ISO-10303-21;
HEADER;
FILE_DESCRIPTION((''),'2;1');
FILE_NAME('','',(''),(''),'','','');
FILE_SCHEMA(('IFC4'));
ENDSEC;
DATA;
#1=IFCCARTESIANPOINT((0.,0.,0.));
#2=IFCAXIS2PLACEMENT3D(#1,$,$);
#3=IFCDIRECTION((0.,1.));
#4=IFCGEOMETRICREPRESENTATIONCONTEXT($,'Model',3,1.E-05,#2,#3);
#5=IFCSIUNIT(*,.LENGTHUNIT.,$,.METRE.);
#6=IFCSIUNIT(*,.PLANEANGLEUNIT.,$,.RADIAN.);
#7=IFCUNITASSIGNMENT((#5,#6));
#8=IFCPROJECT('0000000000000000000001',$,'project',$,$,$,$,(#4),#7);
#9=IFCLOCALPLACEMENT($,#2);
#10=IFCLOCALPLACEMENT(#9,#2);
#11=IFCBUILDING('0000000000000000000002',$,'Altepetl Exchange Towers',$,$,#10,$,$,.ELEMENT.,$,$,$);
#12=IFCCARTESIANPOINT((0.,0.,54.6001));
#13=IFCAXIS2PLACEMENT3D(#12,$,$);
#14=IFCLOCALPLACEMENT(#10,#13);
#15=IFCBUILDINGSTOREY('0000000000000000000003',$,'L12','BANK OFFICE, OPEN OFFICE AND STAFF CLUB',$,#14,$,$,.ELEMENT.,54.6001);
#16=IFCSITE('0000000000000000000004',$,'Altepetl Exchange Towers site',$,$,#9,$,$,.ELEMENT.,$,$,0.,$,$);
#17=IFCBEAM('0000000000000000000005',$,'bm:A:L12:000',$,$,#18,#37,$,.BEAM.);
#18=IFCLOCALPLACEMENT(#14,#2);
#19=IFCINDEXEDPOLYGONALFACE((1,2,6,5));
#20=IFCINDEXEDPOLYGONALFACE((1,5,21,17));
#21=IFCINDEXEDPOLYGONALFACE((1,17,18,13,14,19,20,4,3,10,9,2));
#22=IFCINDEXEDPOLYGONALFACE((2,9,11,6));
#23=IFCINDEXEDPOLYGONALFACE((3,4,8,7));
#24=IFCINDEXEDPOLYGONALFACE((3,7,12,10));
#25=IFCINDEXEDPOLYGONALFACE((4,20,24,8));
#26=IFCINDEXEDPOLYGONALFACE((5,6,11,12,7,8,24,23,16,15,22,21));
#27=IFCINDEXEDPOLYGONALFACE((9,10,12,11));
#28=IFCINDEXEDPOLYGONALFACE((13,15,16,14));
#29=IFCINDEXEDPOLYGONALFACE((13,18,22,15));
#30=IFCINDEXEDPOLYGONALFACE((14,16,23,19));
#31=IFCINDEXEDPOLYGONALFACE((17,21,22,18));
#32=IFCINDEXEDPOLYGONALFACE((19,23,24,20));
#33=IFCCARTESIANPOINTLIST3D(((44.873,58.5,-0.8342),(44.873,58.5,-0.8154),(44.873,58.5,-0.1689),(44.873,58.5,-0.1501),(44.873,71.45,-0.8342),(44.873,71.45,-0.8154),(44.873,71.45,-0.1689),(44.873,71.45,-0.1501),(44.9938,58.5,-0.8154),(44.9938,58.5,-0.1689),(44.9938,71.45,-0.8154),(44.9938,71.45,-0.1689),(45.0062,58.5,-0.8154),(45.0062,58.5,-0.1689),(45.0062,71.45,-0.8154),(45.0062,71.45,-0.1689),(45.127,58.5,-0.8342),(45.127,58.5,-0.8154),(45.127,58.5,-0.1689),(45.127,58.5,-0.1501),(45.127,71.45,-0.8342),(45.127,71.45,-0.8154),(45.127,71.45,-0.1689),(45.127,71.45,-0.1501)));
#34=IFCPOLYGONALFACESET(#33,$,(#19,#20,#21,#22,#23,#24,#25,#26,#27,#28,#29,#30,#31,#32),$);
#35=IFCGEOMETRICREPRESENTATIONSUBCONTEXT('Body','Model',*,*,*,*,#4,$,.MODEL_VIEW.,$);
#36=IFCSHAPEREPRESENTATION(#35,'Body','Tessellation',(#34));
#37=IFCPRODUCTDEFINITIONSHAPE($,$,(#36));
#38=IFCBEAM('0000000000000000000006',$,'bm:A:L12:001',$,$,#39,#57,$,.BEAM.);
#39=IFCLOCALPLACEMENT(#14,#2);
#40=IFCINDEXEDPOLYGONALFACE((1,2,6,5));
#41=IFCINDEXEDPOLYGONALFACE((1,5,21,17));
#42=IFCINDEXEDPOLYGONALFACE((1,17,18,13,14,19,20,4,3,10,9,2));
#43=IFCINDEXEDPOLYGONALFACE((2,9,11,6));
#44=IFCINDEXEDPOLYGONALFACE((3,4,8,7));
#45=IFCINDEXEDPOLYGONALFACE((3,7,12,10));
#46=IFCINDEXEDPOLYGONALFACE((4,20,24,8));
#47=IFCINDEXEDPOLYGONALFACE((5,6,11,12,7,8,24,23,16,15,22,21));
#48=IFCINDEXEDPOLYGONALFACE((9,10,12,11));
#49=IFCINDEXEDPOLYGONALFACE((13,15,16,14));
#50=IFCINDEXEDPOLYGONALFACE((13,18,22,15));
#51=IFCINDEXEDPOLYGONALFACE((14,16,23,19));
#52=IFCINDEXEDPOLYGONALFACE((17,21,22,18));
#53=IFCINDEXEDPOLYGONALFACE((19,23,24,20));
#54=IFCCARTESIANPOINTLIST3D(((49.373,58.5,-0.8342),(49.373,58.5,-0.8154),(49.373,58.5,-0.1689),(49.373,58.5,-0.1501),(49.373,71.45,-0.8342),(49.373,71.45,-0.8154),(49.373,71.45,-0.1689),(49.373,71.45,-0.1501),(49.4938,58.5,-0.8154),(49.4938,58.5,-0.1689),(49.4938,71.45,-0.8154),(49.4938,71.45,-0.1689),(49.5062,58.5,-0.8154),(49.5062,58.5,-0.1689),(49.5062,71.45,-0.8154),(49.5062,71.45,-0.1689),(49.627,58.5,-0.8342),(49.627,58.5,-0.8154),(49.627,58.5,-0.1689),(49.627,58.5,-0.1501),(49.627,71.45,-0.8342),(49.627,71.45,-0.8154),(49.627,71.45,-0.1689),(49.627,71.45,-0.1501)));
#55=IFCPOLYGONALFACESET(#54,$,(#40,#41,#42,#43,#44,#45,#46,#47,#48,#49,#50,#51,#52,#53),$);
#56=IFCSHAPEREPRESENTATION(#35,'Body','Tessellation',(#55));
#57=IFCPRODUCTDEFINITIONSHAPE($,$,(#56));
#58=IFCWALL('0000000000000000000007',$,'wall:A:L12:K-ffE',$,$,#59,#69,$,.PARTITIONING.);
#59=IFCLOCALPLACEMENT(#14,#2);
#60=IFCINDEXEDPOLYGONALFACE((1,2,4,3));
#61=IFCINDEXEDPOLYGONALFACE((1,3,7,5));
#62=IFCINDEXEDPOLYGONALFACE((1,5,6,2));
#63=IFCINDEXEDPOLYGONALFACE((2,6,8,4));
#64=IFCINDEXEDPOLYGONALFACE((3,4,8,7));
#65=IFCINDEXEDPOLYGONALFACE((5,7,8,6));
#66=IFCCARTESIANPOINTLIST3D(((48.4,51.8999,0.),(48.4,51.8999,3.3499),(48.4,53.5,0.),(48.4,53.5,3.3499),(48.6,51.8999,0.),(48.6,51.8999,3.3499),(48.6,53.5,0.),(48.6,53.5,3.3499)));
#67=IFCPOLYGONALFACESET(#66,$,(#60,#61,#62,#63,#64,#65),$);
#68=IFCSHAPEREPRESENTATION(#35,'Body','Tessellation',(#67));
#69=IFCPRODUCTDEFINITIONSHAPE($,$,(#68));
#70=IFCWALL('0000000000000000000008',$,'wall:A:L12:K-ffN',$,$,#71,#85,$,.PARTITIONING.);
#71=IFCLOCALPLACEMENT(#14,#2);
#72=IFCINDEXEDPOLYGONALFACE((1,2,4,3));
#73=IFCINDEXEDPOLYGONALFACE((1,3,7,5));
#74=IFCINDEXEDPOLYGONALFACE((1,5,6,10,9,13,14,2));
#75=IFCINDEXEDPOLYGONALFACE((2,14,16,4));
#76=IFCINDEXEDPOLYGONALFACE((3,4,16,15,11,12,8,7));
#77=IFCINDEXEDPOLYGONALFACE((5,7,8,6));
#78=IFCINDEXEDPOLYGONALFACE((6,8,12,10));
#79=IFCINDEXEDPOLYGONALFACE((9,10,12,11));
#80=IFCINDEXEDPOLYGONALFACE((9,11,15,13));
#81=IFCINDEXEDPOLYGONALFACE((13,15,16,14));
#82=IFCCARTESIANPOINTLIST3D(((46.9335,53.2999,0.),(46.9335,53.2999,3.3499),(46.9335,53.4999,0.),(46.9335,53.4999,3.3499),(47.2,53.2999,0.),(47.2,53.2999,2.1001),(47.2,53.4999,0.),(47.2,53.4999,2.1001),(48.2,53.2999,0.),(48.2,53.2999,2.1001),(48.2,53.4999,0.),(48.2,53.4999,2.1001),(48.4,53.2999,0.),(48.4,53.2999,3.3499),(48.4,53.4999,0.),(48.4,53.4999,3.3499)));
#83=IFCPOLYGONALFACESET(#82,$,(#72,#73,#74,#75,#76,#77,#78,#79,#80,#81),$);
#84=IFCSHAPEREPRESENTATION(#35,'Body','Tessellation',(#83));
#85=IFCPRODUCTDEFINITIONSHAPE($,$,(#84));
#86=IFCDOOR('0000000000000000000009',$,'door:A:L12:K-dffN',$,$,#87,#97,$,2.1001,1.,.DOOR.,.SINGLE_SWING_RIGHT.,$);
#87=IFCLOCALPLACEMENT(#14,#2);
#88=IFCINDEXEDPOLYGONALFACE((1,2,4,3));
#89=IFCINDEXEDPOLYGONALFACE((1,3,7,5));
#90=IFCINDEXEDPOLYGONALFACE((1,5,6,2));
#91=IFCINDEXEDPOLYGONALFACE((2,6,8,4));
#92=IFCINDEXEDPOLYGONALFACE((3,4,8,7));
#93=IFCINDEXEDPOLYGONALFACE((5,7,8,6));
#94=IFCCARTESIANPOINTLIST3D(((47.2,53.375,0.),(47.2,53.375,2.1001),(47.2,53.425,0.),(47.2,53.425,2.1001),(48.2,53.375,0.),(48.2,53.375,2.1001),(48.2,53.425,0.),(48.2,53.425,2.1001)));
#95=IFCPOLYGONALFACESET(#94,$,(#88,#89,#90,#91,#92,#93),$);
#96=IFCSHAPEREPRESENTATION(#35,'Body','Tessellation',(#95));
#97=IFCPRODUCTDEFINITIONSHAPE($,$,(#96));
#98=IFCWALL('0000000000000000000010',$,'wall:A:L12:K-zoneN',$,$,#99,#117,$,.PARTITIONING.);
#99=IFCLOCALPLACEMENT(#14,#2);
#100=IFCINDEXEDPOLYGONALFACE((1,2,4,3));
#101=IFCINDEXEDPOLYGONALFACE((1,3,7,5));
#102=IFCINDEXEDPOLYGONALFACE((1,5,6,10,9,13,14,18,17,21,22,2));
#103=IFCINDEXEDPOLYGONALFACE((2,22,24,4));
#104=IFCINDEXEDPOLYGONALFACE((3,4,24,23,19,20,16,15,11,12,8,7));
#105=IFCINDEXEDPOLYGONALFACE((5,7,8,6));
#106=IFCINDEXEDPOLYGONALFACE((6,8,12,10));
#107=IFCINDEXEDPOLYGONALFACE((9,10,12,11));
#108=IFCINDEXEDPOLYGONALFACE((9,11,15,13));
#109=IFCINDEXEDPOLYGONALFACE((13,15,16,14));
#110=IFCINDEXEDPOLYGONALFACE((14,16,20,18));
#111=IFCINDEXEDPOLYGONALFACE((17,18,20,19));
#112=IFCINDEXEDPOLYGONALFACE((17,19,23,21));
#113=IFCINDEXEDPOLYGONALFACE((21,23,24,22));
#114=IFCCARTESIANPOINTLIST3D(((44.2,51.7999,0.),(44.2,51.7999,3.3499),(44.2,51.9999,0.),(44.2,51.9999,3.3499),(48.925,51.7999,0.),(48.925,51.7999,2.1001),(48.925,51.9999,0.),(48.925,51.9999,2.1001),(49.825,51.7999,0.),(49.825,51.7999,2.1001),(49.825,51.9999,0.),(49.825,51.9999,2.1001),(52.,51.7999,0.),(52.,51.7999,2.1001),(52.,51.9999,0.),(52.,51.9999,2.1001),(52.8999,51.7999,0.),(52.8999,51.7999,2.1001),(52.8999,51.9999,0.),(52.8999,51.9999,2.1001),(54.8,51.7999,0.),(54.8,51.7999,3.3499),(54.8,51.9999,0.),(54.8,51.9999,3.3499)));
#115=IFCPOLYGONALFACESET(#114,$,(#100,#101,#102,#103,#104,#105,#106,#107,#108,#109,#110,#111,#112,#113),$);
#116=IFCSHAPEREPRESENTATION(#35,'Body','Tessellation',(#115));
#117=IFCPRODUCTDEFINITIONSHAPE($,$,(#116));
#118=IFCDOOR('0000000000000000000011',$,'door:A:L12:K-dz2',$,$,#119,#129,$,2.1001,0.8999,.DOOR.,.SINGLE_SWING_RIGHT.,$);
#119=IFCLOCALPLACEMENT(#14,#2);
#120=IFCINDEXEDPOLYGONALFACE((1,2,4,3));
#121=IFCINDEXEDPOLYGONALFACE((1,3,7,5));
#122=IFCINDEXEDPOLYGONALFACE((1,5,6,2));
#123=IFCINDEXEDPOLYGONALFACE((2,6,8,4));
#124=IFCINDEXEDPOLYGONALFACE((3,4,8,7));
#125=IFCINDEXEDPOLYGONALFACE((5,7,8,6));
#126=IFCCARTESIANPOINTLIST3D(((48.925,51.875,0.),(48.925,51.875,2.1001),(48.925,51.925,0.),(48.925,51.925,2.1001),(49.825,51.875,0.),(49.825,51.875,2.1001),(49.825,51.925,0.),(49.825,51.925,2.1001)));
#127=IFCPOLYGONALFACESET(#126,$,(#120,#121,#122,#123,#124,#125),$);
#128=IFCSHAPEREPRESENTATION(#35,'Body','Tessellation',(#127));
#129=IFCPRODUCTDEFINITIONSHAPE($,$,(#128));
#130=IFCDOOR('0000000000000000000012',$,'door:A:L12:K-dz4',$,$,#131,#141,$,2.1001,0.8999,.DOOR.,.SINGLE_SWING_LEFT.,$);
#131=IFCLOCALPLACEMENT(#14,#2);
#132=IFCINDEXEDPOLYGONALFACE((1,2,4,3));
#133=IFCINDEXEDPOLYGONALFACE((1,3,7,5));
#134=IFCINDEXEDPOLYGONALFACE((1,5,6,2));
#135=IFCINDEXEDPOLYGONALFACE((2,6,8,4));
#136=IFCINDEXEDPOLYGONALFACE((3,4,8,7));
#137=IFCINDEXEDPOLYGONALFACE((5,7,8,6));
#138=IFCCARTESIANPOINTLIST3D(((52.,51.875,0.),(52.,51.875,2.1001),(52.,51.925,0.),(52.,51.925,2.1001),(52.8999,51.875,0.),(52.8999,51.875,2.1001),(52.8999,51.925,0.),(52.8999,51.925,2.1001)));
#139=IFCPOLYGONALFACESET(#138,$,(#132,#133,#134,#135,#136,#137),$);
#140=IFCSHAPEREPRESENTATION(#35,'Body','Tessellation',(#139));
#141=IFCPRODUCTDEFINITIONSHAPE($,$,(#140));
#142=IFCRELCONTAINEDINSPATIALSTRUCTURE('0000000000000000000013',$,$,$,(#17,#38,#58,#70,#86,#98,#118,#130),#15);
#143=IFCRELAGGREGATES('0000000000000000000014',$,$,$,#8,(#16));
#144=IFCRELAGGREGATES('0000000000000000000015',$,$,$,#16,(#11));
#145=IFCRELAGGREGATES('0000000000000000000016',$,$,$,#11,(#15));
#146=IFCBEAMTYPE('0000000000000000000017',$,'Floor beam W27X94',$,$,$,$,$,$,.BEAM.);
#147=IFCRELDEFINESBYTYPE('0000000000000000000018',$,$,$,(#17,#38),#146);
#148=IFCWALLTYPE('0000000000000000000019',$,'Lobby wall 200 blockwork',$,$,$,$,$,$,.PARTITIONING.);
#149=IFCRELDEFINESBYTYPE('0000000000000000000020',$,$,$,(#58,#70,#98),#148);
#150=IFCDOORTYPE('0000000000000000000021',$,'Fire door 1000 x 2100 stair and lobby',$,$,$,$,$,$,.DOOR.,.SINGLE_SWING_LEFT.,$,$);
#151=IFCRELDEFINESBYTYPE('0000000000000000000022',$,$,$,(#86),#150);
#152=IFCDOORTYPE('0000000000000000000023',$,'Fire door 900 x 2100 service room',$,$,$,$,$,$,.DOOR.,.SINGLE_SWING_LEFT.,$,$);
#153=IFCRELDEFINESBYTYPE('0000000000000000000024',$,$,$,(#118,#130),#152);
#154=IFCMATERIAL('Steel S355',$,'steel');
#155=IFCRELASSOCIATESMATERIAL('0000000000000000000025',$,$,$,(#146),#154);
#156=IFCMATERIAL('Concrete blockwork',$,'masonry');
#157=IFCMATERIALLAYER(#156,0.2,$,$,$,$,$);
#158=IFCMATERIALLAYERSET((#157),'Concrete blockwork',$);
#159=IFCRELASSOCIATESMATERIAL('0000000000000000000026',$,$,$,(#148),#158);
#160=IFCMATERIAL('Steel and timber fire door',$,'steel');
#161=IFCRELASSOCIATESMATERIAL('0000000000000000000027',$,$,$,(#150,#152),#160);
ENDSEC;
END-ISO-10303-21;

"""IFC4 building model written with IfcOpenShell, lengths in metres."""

from ifc_helpers import new_model, si_unit, direction, frame, frame_2d, origin, origin_2d, place, context, subcontext, project, spatial, rectangle, i_section, extrude, material, layer, layer_set, material_profile, profile_set, type_object, element, fill, save


model = new_model("IFC4")

# Units and contexts
model_context = context("Model", 3, precision=1e-05, world=origin(), true_north=direction((0.0, 1.0)))
body_context = subcontext(model_context, "Body", "Model", "MODEL_VIEW")
ifc_project = project(units=[si_unit("LENGTHUNIT", "METRE"), si_unit("PLANEANGLEUNIT", "RADIAN")], contexts=[model_context])

# Site, building, storey
site_placement = place(None, origin())
site = spatial("IfcSite", under=ifc_project, at=site_placement, Name="Altepetl Exchange Towers site", CompositionType="ELEMENT", RefElevation=0.0)
building_placement = place(site_placement, origin())
building = spatial("IfcBuilding", under=site, at=building_placement, Name="Altepetl Exchange Towers", CompositionType="ELEMENT")
storey_placement = place(building_placement, frame((0.0, 0.0, 54.6001)))
storey = spatial("IfcBuildingStorey", under=building, at=storey_placement, Name="L12", Description="BANK OFFICE, OPEN OFFICE AND STAFF CLUB", CompositionType="ELEMENT", Elevation=54.6001)

# Beams
ifc_material_1 = material(Name="Steel S355", Category="steel")
ifc_material_profile = material_profile(ifc_material_1, i_section(OverallWidth=0.2539, OverallDepth=0.6841, WebThickness=0.0125, FlangeThickness=0.0188, at=origin_2d()), Name="W27X94")
ifc_profile_set = profile_set([ifc_material_profile], Name="Steel S355")
beam_type = type_object("IfcBeamType", Name="Floor beam W27X94", PredefinedType="BEAM", material=ifc_profile_set)
for number, where, z_axis, x_axis, name in (
    (1, (45.0, 58.5, -0.4922), (0.0, 1.0, 0.0), (-1.0, 0.0, 0.0), "bm:A:L12:000"),
    (2, (49.5, 58.5, -0.4922), (0.0, 1.0, 0.0), (-1.0, 0.0, 0.0), "bm:A:L12:001"),
):
    element("IfcBeam", number, at=place(storey_placement, frame(where, z_axis=z_axis, x_axis=x_axis)), inside=storey, type_object=beam_type, Name=name, PredefinedType="BEAM", context=body_context, shape_type="SweptSolid", body=[
        extrude(i_section(OverallWidth=0.2539, OverallDepth=0.6841, WebThickness=0.0125, FlangeThickness=0.0188, at=origin_2d()), origin(), (0.0, 0.0, 1.0), 12.95),
    ])

# Wall
ifc_material_2 = material(Name="Concrete blockwork", Category="masonry")
ifc_layer_1 = layer(ifc_material_2, 0.2)
ifc_layer_set_1 = layer_set([ifc_layer_1], Name="Concrete blockwork")
wall_type_1 = type_object("IfcWallType", Name="Lobby wall 200 blockwork", PredefinedType="PARTITIONING", material=ifc_layer_set_1)
wall_1_placement = place(storey_placement, frame((48.5, 51.8999, 0.0), z_axis=(0.0, 0.0, 1.0), x_axis=(0.0, 1.0, 0.0)))
element("IfcWall", 3, at=wall_1_placement, inside=storey, type_object=wall_type_1, Name="wall:A:L12:K-ffE", PredefinedType="PARTITIONING", context=body_context, shape_type="SweptSolid", body=[
    extrude(rectangle(XDim=1.6001, YDim=0.2, at=frame_2d((0.8, 0.0))), origin(), (0.0, 0.0, 1.0), 3.3499),
])

# Wall, opening, door
wall_2_placement = place(storey_placement, frame((46.9333, 53.3999, 0.0)))
wall_2 = element("IfcWall", 4, at=wall_2_placement, inside=storey, type_object=wall_type_1, Name="wall:A:L12:K-ffN", PredefinedType="PARTITIONING", context=body_context, shape_type="SweptSolid", body=[
    extrude(rectangle(XDim=1.4666, YDim=0.2, at=frame_2d((0.7334, 0.0))), origin(), (0.0, 0.0, 1.0), 3.3499),
])
opening_1_placement = place(wall_2_placement, frame((0.2666, 0.0, 0.0)))
opening_1 = element("IfcOpeningElement", 5, at=opening_1_placement, cuts=wall_2, PredefinedType="OPENING", context=body_context, shape_type="SweptSolid", body=[
    extrude(rectangle(XDim=1.0, YDim=2.1001, at=frame_2d((0.5, 1.05))), frame((0.0, 0.1099, 0.0), z_axis=(0.0, -1.0, 0.0), x_axis=(1.0, 0.0, 0.0)), (0.0, 0.0, 1.0), 0.22),
])
ifc_material_3 = material(Name="Steel and timber fire door", Category="steel")
door_type_1 = type_object("IfcDoorType", Name="Fire door 1000 x 2100 stair and lobby", OperationType="SINGLE_SWING_LEFT", PredefinedType="DOOR", material=ifc_material_3)
door_1_placement = place(opening_1_placement, frame((1.0, 0.0, 0.0), x_axis=(-1.0, 0.0, 0.0)))
door_1 = element("IfcDoor", 6, at=door_1_placement, inside=storey, type_object=door_type_1, Name="door:A:L12:K-dffN", OperationType="SINGLE_SWING_RIGHT", OverallHeight=2.1001, OverallWidth=1.0, PredefinedType="DOOR", context=body_context, shape_type="SweptSolid", body=[
    extrude(rectangle(XDim=1.0, YDim=2.1001, at=frame_2d((0.5, 1.05))), frame((0.0, 0.0249, 0.0), z_axis=(0.0, -1.0, 0.0), x_axis=(1.0, 0.0, 0.0)), (0.0, 0.0, 1.0), 0.05),
])
fill(opening_1, door_1)

# Wall, openings, doors
wall_3_placement = place(storey_placement, frame((44.2, 51.8999, 0.0)))
wall_3 = element("IfcWall", 7, at=wall_3_placement, inside=storey, type_object=wall_type_1, Name="wall:A:L12:K-zoneN", PredefinedType="PARTITIONING", context=body_context, shape_type="SweptSolid", body=[
    extrude(rectangle(XDim=10.6001, YDim=0.2, at=frame_2d((5.3, 0.0))), origin(), (0.0, 0.0, 1.0), 3.3499),
])
opening_2_placement = place(wall_3_placement, frame((4.7251, 0.0, 0.0)))
opening_2 = element("IfcOpeningElement", 8, at=opening_2_placement, cuts=wall_3, PredefinedType="OPENING", context=body_context, shape_type="SweptSolid", body=[
    extrude(rectangle(XDim=0.8999, YDim=2.1001, at=frame_2d((0.45, 1.05))), frame((0.0, 0.1099, 0.0), z_axis=(0.0, -1.0, 0.0), x_axis=(1.0, 0.0, 0.0)), (0.0, 0.0, 1.0), 0.22),
])
opening_3_placement = place(wall_3_placement, frame((7.8, 0.0, 0.0)))
opening_3 = element("IfcOpeningElement", 9, at=opening_3_placement, cuts=wall_3, PredefinedType="OPENING", context=body_context, shape_type="SweptSolid", body=[
    extrude(rectangle(XDim=0.8999, YDim=2.1001, at=frame_2d((0.45, 1.05))), frame((0.0, 0.1099, 0.0), z_axis=(0.0, -1.0, 0.0), x_axis=(1.0, 0.0, 0.0)), (0.0, 0.0, 1.0), 0.22),
])
door_type_2 = type_object("IfcDoorType", Name="Fire door 900 x 2100 service room", OperationType="SINGLE_SWING_LEFT", PredefinedType="DOOR", material=ifc_material_3)
door_2_placement = place(opening_2_placement, frame((0.8999, 0.0, 0.0), x_axis=(-1.0, 0.0, 0.0)))
door_2 = element("IfcDoor", 10, at=door_2_placement, inside=storey, type_object=door_type_2, Name="door:A:L12:K-dz2", OperationType="SINGLE_SWING_RIGHT", OverallHeight=2.1001, OverallWidth=0.8999, PredefinedType="DOOR", context=body_context, shape_type="SweptSolid", body=[
    extrude(rectangle(XDim=0.8999, YDim=2.1001, at=frame_2d((0.45, 1.05))), frame((0.0, 0.0249, 0.0), z_axis=(0.0, -1.0, 0.0), x_axis=(1.0, 0.0, 0.0)), (0.0, 0.0, 1.0), 0.05),
])
fill(opening_2, door_2)
door_3_placement = place(opening_3_placement, frame((0.8999, 0.0, 0.0), x_axis=(-1.0, 0.0, 0.0)))
door_3 = element("IfcDoor", 11, at=door_3_placement, inside=storey, type_object=door_type_2, Name="door:A:L12:K-dz4", OperationType="SINGLE_SWING_LEFT", OverallHeight=2.1001, OverallWidth=0.8999, PredefinedType="DOOR", context=body_context, shape_type="SweptSolid", body=[
    extrude(rectangle(XDim=0.8999, YDim=2.1001, at=frame_2d((0.45, 1.05))), frame((0.0, 0.0249, 0.0), z_axis=(0.0, -1.0, 0.0), x_axis=(1.0, 0.0, 0.0)), (0.0, 0.0, 1.0), 0.05),
])
fill(opening_3, door_3)

save(model, "model.ifc")
